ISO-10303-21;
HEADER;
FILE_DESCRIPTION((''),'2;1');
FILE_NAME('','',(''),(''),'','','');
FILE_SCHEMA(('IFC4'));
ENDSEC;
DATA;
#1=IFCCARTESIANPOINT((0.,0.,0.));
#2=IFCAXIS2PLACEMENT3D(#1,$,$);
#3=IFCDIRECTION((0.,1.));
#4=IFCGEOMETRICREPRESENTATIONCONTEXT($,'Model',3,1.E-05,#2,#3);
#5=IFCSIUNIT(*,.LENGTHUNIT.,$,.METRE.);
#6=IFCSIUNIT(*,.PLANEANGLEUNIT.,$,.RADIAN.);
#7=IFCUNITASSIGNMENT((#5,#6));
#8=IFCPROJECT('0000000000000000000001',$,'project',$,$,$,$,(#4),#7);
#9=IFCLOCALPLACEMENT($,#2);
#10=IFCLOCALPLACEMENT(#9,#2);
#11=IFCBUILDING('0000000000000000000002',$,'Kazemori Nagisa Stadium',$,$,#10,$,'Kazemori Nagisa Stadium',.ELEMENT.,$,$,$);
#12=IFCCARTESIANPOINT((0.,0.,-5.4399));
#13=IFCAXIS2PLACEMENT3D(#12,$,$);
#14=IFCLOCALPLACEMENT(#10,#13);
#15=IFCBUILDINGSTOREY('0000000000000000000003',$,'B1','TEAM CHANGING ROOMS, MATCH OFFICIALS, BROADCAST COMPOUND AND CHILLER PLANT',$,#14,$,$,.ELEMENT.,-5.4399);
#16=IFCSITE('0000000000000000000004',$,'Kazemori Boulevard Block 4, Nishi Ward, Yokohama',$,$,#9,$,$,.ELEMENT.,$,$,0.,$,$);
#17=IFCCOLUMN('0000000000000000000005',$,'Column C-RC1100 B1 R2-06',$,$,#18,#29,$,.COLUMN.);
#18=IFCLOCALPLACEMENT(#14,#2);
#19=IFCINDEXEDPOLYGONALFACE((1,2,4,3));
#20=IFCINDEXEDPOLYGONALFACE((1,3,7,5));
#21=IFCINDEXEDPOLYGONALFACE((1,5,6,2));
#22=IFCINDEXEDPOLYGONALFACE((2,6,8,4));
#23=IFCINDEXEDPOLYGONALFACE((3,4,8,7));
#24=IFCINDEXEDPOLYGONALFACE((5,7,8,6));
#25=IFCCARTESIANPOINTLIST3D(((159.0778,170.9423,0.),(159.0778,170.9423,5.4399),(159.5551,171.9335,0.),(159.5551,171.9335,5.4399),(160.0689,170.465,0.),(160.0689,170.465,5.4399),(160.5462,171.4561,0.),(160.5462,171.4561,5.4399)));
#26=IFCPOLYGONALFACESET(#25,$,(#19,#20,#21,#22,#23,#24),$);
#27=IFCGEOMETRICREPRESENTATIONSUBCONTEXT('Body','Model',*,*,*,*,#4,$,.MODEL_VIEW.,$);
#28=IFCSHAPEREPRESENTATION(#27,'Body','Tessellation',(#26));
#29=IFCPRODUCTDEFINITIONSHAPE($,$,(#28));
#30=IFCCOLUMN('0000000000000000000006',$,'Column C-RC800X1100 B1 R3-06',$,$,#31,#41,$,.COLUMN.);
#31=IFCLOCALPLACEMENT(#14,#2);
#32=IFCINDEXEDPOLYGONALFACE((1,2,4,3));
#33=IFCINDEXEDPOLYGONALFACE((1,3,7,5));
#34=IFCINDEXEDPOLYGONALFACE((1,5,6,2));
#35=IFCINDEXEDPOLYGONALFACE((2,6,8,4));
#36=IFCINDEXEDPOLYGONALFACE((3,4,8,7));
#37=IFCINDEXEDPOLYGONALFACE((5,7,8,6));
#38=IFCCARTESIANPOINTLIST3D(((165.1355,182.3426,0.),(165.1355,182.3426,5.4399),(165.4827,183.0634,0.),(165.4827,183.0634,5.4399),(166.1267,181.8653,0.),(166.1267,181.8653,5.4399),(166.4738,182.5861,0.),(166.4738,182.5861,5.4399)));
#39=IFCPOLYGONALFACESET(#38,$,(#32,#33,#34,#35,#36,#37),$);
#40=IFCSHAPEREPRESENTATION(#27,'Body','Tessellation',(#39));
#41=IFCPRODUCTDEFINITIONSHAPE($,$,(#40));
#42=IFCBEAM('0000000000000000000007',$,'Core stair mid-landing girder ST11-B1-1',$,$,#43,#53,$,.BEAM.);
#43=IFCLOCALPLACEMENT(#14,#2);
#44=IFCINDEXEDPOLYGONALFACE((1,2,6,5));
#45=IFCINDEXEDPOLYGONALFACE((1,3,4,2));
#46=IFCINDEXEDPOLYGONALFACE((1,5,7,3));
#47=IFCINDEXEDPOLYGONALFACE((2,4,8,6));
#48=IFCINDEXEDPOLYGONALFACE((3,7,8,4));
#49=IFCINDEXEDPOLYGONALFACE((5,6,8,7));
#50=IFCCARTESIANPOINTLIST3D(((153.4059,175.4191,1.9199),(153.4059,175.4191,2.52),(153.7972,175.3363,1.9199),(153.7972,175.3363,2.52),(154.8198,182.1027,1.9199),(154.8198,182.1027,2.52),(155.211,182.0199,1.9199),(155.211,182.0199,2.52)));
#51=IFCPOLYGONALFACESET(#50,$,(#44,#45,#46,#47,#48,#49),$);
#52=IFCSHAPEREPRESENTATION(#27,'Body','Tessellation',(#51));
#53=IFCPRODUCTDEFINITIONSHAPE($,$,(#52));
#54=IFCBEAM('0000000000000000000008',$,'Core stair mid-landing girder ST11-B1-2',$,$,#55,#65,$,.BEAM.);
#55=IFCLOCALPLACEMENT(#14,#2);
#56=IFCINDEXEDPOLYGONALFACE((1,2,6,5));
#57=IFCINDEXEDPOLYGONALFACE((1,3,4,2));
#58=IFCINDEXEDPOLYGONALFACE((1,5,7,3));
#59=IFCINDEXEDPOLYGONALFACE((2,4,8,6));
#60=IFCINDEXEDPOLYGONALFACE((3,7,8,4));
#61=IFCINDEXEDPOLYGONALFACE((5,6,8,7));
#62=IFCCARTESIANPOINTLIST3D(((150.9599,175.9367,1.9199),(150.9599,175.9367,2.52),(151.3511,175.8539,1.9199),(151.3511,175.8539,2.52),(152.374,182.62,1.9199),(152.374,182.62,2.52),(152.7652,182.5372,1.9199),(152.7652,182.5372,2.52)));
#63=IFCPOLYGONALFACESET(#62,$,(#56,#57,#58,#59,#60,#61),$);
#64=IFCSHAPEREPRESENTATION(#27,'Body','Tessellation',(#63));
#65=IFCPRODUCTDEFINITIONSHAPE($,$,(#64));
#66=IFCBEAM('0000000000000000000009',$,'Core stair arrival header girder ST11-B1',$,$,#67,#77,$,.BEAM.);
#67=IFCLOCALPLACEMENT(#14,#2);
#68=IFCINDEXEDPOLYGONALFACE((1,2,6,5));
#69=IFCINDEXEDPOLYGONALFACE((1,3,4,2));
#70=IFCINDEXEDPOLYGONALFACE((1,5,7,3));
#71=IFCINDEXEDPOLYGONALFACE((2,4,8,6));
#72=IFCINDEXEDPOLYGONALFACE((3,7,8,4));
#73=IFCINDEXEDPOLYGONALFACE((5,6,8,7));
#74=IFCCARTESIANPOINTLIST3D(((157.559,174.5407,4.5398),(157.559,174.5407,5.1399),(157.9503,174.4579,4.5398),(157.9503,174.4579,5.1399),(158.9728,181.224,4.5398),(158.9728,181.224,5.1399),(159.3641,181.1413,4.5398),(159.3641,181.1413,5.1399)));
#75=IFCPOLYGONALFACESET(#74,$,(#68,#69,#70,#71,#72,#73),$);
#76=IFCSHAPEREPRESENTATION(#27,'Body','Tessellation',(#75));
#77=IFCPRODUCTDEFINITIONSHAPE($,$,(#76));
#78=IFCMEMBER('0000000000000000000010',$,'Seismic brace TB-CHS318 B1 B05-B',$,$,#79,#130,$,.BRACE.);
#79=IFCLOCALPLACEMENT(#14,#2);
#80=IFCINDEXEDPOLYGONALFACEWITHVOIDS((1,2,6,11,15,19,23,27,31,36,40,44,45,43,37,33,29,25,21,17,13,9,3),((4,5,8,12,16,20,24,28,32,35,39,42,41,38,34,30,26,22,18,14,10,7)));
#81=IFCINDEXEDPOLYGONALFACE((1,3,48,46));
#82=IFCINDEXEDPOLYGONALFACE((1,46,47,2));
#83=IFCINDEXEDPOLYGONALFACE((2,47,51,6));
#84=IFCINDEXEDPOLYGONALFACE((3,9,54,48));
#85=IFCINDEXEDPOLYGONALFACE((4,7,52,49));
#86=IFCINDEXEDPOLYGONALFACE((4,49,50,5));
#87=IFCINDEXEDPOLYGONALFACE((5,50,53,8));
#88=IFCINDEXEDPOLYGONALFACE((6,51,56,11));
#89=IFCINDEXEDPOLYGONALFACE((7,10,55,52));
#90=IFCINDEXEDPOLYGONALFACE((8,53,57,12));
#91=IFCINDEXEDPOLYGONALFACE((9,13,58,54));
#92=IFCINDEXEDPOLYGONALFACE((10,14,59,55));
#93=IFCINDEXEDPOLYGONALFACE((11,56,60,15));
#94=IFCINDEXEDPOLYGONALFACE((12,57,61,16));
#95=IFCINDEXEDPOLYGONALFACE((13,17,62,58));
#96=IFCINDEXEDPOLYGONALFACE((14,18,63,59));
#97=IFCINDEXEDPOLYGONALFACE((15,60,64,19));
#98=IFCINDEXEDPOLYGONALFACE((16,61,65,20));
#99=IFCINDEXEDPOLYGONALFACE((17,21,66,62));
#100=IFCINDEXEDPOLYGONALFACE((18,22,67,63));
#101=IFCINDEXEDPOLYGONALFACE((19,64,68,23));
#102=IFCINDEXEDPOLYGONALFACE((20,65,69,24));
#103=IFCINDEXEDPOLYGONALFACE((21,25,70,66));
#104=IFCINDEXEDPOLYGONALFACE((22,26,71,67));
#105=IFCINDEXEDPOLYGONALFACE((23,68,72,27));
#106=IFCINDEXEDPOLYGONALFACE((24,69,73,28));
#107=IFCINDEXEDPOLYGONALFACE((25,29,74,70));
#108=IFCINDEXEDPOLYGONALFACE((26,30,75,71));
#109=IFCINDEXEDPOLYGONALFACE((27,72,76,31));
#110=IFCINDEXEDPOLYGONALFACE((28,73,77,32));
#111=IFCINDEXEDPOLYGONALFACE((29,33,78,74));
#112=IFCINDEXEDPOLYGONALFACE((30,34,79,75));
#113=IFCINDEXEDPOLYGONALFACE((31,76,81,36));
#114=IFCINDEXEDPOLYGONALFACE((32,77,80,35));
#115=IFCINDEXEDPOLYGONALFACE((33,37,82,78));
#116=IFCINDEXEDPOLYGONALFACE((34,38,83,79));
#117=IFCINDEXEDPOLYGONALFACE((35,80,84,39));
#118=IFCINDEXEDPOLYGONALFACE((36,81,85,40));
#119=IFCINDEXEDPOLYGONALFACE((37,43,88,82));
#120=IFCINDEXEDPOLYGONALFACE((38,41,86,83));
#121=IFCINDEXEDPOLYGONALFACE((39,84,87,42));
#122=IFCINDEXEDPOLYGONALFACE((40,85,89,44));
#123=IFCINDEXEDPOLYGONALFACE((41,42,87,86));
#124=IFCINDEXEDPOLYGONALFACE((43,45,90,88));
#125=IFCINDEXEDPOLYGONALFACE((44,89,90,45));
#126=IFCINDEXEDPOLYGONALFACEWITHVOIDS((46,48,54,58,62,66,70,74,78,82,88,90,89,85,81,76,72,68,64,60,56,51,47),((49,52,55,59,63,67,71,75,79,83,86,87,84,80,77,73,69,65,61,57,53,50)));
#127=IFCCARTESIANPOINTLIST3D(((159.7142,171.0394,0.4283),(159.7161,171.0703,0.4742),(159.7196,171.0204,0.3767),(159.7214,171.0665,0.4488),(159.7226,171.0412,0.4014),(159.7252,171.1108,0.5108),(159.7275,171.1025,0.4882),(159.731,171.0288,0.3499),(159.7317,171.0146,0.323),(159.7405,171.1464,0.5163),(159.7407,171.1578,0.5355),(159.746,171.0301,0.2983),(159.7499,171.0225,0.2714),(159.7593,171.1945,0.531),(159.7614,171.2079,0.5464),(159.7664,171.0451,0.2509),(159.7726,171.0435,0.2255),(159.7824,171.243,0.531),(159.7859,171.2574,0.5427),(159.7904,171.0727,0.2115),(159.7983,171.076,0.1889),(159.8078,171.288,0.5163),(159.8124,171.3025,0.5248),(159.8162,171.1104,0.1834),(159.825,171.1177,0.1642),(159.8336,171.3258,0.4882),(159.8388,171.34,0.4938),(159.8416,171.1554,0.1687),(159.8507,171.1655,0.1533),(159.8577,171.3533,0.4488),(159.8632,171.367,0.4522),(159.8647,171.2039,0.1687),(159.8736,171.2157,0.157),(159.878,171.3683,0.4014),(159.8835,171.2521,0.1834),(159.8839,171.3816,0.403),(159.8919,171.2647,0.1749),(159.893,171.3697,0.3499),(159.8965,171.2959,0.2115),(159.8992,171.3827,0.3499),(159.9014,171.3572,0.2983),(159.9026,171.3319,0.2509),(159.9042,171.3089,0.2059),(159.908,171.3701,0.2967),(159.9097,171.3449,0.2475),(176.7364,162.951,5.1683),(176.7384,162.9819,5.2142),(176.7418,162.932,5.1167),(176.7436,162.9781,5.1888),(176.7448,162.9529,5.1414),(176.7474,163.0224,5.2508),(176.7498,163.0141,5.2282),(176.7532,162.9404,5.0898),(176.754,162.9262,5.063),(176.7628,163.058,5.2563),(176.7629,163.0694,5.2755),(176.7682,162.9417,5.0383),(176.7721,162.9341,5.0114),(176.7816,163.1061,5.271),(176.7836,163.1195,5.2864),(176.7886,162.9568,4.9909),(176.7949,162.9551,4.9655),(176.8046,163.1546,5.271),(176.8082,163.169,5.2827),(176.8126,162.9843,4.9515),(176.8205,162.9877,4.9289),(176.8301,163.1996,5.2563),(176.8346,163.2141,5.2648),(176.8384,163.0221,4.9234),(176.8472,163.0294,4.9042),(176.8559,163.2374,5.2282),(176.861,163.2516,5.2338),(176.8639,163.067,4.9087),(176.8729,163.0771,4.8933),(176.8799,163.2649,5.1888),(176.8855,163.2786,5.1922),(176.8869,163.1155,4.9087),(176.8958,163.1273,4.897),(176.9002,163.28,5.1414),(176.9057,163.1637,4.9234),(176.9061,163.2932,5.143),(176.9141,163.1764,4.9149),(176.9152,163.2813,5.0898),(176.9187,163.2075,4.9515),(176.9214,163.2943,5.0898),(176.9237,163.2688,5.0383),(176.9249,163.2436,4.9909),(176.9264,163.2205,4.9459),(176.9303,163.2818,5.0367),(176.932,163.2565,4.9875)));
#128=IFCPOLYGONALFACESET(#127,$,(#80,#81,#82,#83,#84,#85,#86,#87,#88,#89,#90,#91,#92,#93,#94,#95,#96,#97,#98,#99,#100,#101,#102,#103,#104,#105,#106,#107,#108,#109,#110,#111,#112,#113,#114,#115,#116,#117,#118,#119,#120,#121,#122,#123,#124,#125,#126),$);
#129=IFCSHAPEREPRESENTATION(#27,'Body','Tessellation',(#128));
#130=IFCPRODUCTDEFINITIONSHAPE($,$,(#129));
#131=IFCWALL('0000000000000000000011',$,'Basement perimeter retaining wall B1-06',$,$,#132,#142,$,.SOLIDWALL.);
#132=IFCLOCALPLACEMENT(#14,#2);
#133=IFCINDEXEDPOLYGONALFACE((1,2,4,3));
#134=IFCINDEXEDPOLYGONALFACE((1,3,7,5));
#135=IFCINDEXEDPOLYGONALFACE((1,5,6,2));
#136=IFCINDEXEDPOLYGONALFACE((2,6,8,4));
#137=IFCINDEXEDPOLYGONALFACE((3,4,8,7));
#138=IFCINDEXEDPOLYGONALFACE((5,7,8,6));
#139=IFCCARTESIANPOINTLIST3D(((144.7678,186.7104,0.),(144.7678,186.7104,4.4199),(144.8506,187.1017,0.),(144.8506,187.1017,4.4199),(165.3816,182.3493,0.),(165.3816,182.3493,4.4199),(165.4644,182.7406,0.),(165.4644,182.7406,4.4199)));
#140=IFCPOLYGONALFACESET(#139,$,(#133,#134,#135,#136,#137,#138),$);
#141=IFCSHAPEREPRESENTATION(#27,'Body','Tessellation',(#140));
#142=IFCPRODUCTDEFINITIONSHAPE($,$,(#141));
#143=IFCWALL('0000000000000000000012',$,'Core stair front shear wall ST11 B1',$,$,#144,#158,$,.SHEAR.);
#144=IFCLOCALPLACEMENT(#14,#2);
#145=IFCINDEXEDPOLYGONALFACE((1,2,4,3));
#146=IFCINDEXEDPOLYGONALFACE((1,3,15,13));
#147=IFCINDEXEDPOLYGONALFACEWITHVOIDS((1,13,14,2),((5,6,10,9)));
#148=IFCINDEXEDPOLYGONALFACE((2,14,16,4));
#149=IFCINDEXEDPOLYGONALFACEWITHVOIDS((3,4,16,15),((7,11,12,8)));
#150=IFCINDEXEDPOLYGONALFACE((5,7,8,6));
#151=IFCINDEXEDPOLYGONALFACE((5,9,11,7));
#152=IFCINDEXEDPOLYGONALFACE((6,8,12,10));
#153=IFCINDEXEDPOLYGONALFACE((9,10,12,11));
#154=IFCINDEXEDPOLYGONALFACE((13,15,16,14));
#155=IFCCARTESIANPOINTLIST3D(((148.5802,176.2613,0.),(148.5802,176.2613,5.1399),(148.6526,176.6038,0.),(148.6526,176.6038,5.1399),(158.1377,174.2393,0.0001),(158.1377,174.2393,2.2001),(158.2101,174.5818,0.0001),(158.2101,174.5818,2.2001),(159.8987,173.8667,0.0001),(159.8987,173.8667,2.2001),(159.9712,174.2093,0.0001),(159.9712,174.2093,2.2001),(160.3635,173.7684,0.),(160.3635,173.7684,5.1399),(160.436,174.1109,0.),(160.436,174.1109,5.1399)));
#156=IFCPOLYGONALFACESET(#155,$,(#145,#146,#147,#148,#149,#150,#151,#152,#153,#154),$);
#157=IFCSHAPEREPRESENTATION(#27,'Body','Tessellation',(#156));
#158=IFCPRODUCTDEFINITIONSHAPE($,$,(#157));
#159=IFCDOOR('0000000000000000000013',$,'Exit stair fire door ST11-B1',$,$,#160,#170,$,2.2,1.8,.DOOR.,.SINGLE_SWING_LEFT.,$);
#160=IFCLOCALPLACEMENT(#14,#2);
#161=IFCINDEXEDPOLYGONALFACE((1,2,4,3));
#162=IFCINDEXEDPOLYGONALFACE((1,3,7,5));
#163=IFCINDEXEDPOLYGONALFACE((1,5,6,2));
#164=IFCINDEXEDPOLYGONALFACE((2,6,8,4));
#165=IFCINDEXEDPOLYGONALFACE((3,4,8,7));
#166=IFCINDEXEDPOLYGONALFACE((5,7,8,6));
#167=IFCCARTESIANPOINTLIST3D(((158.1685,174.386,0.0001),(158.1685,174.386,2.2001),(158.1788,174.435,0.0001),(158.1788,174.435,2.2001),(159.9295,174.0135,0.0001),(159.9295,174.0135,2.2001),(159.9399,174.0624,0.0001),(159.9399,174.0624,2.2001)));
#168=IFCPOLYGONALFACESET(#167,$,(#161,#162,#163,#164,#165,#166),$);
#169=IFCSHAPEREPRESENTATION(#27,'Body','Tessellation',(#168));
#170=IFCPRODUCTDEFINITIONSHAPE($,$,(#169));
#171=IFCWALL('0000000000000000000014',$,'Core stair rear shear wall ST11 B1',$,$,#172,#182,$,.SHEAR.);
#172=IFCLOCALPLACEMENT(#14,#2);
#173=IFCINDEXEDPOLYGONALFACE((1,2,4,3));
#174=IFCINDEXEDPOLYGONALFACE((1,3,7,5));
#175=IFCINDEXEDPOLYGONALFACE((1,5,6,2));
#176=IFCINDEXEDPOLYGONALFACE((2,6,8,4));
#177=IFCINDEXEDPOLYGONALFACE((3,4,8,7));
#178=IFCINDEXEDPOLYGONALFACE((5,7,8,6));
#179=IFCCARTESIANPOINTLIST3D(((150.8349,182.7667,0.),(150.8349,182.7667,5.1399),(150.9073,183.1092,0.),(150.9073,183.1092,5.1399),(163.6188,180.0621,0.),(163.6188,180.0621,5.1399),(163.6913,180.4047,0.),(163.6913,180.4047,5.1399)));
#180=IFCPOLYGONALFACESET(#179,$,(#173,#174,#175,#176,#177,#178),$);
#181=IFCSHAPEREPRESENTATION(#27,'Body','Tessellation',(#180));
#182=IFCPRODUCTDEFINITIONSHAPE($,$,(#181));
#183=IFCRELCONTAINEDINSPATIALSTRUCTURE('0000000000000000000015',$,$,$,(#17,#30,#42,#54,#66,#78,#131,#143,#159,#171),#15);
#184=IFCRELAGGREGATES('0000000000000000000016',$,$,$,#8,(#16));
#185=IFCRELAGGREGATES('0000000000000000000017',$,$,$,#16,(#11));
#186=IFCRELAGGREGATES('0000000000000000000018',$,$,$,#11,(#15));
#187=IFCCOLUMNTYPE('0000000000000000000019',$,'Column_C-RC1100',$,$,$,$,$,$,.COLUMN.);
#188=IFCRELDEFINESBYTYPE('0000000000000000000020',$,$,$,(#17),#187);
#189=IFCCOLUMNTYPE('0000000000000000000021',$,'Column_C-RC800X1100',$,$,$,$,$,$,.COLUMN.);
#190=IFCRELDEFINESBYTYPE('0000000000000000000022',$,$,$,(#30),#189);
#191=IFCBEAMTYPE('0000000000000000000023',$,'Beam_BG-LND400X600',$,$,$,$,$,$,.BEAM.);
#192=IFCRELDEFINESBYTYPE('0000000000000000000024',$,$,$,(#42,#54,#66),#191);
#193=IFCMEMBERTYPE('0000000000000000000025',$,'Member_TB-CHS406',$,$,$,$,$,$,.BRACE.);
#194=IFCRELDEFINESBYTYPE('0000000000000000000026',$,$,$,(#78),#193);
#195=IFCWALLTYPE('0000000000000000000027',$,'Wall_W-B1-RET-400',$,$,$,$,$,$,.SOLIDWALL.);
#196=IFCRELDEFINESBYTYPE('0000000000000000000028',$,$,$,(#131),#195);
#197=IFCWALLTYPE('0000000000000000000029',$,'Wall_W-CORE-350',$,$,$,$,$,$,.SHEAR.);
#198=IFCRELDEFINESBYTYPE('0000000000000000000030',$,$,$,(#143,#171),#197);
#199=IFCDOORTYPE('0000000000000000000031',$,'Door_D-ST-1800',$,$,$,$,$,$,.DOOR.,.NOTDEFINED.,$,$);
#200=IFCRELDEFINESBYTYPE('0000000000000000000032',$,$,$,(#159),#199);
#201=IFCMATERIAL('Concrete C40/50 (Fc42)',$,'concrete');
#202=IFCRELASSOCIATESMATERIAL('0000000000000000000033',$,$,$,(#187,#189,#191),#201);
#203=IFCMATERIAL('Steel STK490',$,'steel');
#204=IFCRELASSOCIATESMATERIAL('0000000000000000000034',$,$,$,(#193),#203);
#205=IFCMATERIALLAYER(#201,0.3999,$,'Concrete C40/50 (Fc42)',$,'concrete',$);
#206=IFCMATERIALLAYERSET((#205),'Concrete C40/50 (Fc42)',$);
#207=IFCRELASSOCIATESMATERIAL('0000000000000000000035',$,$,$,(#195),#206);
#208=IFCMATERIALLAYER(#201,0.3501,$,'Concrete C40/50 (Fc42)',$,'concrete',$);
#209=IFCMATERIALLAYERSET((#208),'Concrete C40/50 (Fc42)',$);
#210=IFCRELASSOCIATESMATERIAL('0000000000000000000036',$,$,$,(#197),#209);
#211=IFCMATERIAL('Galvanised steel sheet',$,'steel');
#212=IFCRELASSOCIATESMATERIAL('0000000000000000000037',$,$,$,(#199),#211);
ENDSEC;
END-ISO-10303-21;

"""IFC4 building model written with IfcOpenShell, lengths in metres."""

from ifc_helpers import new_model, si_unit, direction, frame, frame_2d, origin, origin_2d, place, context, subcontext, project, spatial, rectangle, hollow_circle, extrude, material, layer, layer_set, material_profile, profile_set, type_object, element, fill, save


model = new_model("IFC4")

# Units and contexts
model_context = context("Model", 3, precision=1e-05, world=origin(), true_north=direction((0.0, 1.0)))
body_context = subcontext(model_context, "Body", "Model", "MODEL_VIEW")
ifc_project = project(units=[si_unit("LENGTHUNIT", "METRE"), si_unit("PLANEANGLEUNIT", "RADIAN")], contexts=[model_context])

# Site, building, storey
site_placement = place(None, origin())
site = spatial("IfcSite", under=ifc_project, at=site_placement, Name="Kazemori Boulevard Block 4, Nishi Ward, Yokohama", CompositionType="ELEMENT", RefElevation=0.0)
building_placement = place(site_placement, origin())
building = spatial("IfcBuilding", under=site, at=building_placement, Name="Kazemori Nagisa Stadium", LongName="Kazemori Nagisa Stadium", CompositionType="ELEMENT")
storey_placement = place(building_placement, frame((0.0, 0.0, -5.4399)))
storey = spatial("IfcBuildingStorey", under=building, at=storey_placement, Name="B1", Description="TEAM CHANGING ROOMS, MATCH OFFICIALS, BROADCAST COMPOUND AND CHILLER PLANT", CompositionType="ELEMENT", Elevation=-5.4399)

# Shared definitions
ifc_material_1 = material(Name="Concrete C40/50 (Fc42)", Category="concrete")

# Columns
ifc_material_profile_1 = material_profile(ifc_material_1, rectangle(XDim=1.1001, YDim=1.1001, at=origin_2d()), Name="RC-COL-1100x1100")
ifc_profile_set_1 = profile_set([ifc_material_profile_1], Name="Concrete C40/50 (Fc42)")
column_type_1 = type_object("IfcColumnType", Name="Column_C-RC1100", PredefinedType="COLUMN", material=ifc_profile_set_1)
column_1_placement = place(storey_placement, frame((159.812, 171.1992, 0.0), z_axis=(0.0, 0.0, 1.0), x_axis=(0.433884, 0.900969, 0.0)))
element("IfcColumn", 1, at=column_1_placement, inside=storey, type_object=column_type_1, Name="Column C-RC1100 B1 R2-06", PredefinedType="COLUMN", context=body_context, shape_type="SweptSolid", body=[
    extrude(rectangle(XDim=1.1001, YDim=1.1001, at=origin_2d()), origin(), (0.0, 0.0, 1.0), 5.4399),
])
ifc_material_profile_2 = material_profile(ifc_material_1, rectangle(XDim=0.8, YDim=1.1001, at=origin_2d()), Name="RC-COL-800x1100")
ifc_profile_set_2 = profile_set([ifc_material_profile_2], Name="Concrete C40/50 (Fc42)")
column_type_2 = type_object("IfcColumnType", Name="Column_C-RC800X1100", PredefinedType="COLUMN", material=ifc_profile_set_2)
column_2_placement = place(storey_placement, frame((165.8047, 182.4644, 0.0), z_axis=(0.0, 0.0, 1.0), x_axis=(0.433884, 0.900969, 0.0)))
element("IfcColumn", 2, at=column_2_placement, inside=storey, type_object=column_type_2, Name="Column C-RC800X1100 B1 R3-06", PredefinedType="COLUMN", context=body_context, shape_type="SweptSolid", body=[
    extrude(rectangle(XDim=0.8, YDim=1.1001, at=origin_2d()), origin(), (0.0, 0.0, 1.0), 5.4399),
])

# Beams
ifc_material_profile_3 = material_profile(ifc_material_1, rectangle(XDim=0.3999, YDim=0.6001, at=origin_2d()), Name="RC-BM-400x600")
ifc_profile_set_3 = profile_set([ifc_material_profile_3], Name="Concrete C40/50 (Fc42)")
beam_type = type_object("IfcBeamType", Name="Beam_BG-LND400X600", PredefinedType="BEAM", material=ifc_profile_set_3)
beam_placement = place(storey_placement, frame((153.6016, 175.3777, 2.22), z_axis=(0.206956, 0.97835, 0.0), x_axis=(-0.97835, 0.206956, 0.0)))
element("IfcBeam", 3, at=beam_placement, inside=storey, type_object=beam_type, Name="Core stair mid-landing girder ST11-B1-1", PredefinedType="BEAM", context=body_context, shape_type="SweptSolid", body=[
    extrude(rectangle(XDim=0.3999, YDim=0.6001, at=origin_2d()), origin(), (0.0, 0.0, 1.0), 6.8315),
])
for number, where, z_axis, x_axis, name in (
    (4, (151.1555, 175.8953, 2.22), (0.206997, 0.978341, 0.0), (-0.978341, 0.206997, 0.0), "Core stair mid-landing girder ST11-B1-2"),
    (5, (157.7546, 174.4993, 4.8398), (0.206963, 0.978349, 0.0), (-0.978349, 0.206963, 0.0), "Core stair arrival header girder ST11-B1"),
):
    element("IfcBeam", number, at=place(storey_placement, frame(where, z_axis=z_axis, x_axis=x_axis)), inside=storey, type_object=beam_type, Name=name, PredefinedType="BEAM", context=body_context, shape_type="SweptSolid", body=[
        extrude(rectangle(XDim=0.3999, YDim=0.6001, at=origin_2d()), origin(), (0.0, 0.0, 1.0), 6.8313),
    ])

# Member
ifc_material_2 = material(Name="Steel STK490", Category="steel")
ifc_material_profile_4 = material_profile(ifc_material_2, hollow_circle(Radius=0.2031, WallThickness=0.0144, at=origin_2d()), Name="CHS-406.4x14.3")
ifc_profile_set_4 = profile_set([ifc_material_profile_4], Name="Steel STK490")
member_type = type_object("IfcMemberType", Name="Member_TB-CHS406", PredefinedType="BRACE", material=ifc_profile_set_4)
member_placement = place(storey_placement, frame((159.812, 171.1992, 0.3499), z_axis=(0.875939, -0.416217, 0.243913), x_axis=(0.429179, 0.903219, 0.0)))
element("IfcMember", 6, at=member_placement, inside=storey, type_object=member_type, Name="Seismic brace TB-CHS318 B1 B05-B", PredefinedType="BRACE", context=body_context, shape_type="SweptSolid", body=[
    extrude(hollow_circle(Radius=0.2031, WallThickness=0.0144, at=origin_2d()), origin(), (0.0, 0.0, 1.0), 19.4331),
])

# Wall
ifc_layer_1 = layer(ifc_material_1, 0.3999, Name="Concrete C40/50 (Fc42)", Category="concrete")
ifc_layer_set_1 = layer_set([ifc_layer_1], Name="Concrete C40/50 (Fc42)")
wall_type_1 = type_object("IfcWallType", Name="Wall_W-B1-RET-400", PredefinedType="SOLIDWALL", material=ifc_layer_set_1)
wall_1_placement = place(storey_placement, frame((165.4231, 182.5449, 0.0), z_axis=(0.0, 0.0, 1.0), x_axis=(-0.978345, 0.20698, 0.0)))
element("IfcWall", 7, at=wall_1_placement, inside=storey, type_object=wall_type_1, Name="Basement perimeter retaining wall B1-06", PredefinedType="SOLIDWALL", context=body_context, shape_type="SweptSolid", body=[
    extrude(rectangle(XDim=21.0701, YDim=0.3999, at=frame_2d((10.5352, 0.0))), origin(), (0.0, 0.0, 1.0), 4.4199),
])

# Wall, opening, door
ifc_layer_2 = layer(ifc_material_1, 0.3501, Name="Concrete C40/50 (Fc42)", Category="concrete")
ifc_layer_set_2 = layer_set([ifc_layer_2], Name="Concrete C40/50 (Fc42)")
wall_type_2 = type_object("IfcWallType", Name="Wall_W-CORE-350", PredefinedType="SHEAR", material=ifc_layer_set_2)
wall_2_placement = place(storey_placement, frame((160.3997, 173.9397, 0.0), z_axis=(0.0, 0.0, 1.0), x_axis=(-0.978345, 0.20698, 0.0)))
wall_2 = element("IfcWall", 8, at=wall_2_placement, inside=storey, type_object=wall_type_2, Name="Core stair front shear wall ST11 B1", PredefinedType="SHEAR", context=body_context, shape_type="SweptSolid", body=[
    extrude(rectangle(XDim=12.0442, YDim=0.3501, at=frame_2d((6.022, 0.0))), origin(), (0.0, 0.0, 1.0), 5.1399),
])
opening_1_placement = place(wall_2_placement, frame((0.4751, 0.0, 0.0)))
opening_1 = element("IfcOpeningElement", 9, at=opening_1_placement, cuts=wall_2, PredefinedType="OPENING", context=body_context, shape_type="SweptSolid", body=[
    extrude(rectangle(XDim=1.8, YDim=2.2, at=frame_2d((0.8999, 1.1001))), frame((0.0, 0.1851, 0.0), z_axis=(0.0, -1.0, 0.0), x_axis=(1.0, 0.0, 0.0)), (0.0, 0.0, 1.0), 0.3701),
])
ifc_material_3 = material(Name="Galvanised steel sheet", Category="steel")
door_type_1 = type_object("IfcDoorType", Name="Door_D-ST-1800", OperationType="NOTDEFINED", PredefinedType="DOOR", material=ifc_material_3)
door_1_placement = place(opening_1_placement, frame((1.8, 0.0, 0.0), z_axis=(0.0, 0.0, 1.0), x_axis=(-1.0, 0.0, 0.0)))
door_1 = element("IfcDoor", 10, at=door_1_placement, inside=storey, type_object=door_type_1, Name="Exit stair fire door ST11-B1", OperationType="SINGLE_SWING_LEFT", OverallHeight=2.2, OverallWidth=1.8, PredefinedType="DOOR", context=body_context, shape_type="SweptSolid", body=[
    extrude(rectangle(XDim=1.8, YDim=2.2, at=frame_2d((0.8999, 1.1001))), frame((0.0, 0.0249, 0.0), z_axis=(0.0, -1.0, 0.0), x_axis=(1.0, 0.0, 0.0)), (0.0, 0.0, 1.0), 0.05),
])
fill(opening_1, door_1)

# Wall
wall_3_placement = place(storey_placement, frame((163.655, 180.2334, 0.0), z_axis=(0.0, 0.0, 1.0), x_axis=(-0.978345, 0.20698, 0.0)))
element("IfcWall", 11, at=wall_3_placement, inside=storey, type_object=wall_type_2, Name="Core stair rear shear wall ST11 B1", PredefinedType="SHEAR", context=body_context, shape_type="SweptSolid", body=[
    extrude(rectangle(XDim=13.0669, YDim=0.3501, at=frame_2d((6.5334, 0.0))), origin(), (0.0, 0.0, 1.0), 5.1399),
])

save(model, "model.ifc")
